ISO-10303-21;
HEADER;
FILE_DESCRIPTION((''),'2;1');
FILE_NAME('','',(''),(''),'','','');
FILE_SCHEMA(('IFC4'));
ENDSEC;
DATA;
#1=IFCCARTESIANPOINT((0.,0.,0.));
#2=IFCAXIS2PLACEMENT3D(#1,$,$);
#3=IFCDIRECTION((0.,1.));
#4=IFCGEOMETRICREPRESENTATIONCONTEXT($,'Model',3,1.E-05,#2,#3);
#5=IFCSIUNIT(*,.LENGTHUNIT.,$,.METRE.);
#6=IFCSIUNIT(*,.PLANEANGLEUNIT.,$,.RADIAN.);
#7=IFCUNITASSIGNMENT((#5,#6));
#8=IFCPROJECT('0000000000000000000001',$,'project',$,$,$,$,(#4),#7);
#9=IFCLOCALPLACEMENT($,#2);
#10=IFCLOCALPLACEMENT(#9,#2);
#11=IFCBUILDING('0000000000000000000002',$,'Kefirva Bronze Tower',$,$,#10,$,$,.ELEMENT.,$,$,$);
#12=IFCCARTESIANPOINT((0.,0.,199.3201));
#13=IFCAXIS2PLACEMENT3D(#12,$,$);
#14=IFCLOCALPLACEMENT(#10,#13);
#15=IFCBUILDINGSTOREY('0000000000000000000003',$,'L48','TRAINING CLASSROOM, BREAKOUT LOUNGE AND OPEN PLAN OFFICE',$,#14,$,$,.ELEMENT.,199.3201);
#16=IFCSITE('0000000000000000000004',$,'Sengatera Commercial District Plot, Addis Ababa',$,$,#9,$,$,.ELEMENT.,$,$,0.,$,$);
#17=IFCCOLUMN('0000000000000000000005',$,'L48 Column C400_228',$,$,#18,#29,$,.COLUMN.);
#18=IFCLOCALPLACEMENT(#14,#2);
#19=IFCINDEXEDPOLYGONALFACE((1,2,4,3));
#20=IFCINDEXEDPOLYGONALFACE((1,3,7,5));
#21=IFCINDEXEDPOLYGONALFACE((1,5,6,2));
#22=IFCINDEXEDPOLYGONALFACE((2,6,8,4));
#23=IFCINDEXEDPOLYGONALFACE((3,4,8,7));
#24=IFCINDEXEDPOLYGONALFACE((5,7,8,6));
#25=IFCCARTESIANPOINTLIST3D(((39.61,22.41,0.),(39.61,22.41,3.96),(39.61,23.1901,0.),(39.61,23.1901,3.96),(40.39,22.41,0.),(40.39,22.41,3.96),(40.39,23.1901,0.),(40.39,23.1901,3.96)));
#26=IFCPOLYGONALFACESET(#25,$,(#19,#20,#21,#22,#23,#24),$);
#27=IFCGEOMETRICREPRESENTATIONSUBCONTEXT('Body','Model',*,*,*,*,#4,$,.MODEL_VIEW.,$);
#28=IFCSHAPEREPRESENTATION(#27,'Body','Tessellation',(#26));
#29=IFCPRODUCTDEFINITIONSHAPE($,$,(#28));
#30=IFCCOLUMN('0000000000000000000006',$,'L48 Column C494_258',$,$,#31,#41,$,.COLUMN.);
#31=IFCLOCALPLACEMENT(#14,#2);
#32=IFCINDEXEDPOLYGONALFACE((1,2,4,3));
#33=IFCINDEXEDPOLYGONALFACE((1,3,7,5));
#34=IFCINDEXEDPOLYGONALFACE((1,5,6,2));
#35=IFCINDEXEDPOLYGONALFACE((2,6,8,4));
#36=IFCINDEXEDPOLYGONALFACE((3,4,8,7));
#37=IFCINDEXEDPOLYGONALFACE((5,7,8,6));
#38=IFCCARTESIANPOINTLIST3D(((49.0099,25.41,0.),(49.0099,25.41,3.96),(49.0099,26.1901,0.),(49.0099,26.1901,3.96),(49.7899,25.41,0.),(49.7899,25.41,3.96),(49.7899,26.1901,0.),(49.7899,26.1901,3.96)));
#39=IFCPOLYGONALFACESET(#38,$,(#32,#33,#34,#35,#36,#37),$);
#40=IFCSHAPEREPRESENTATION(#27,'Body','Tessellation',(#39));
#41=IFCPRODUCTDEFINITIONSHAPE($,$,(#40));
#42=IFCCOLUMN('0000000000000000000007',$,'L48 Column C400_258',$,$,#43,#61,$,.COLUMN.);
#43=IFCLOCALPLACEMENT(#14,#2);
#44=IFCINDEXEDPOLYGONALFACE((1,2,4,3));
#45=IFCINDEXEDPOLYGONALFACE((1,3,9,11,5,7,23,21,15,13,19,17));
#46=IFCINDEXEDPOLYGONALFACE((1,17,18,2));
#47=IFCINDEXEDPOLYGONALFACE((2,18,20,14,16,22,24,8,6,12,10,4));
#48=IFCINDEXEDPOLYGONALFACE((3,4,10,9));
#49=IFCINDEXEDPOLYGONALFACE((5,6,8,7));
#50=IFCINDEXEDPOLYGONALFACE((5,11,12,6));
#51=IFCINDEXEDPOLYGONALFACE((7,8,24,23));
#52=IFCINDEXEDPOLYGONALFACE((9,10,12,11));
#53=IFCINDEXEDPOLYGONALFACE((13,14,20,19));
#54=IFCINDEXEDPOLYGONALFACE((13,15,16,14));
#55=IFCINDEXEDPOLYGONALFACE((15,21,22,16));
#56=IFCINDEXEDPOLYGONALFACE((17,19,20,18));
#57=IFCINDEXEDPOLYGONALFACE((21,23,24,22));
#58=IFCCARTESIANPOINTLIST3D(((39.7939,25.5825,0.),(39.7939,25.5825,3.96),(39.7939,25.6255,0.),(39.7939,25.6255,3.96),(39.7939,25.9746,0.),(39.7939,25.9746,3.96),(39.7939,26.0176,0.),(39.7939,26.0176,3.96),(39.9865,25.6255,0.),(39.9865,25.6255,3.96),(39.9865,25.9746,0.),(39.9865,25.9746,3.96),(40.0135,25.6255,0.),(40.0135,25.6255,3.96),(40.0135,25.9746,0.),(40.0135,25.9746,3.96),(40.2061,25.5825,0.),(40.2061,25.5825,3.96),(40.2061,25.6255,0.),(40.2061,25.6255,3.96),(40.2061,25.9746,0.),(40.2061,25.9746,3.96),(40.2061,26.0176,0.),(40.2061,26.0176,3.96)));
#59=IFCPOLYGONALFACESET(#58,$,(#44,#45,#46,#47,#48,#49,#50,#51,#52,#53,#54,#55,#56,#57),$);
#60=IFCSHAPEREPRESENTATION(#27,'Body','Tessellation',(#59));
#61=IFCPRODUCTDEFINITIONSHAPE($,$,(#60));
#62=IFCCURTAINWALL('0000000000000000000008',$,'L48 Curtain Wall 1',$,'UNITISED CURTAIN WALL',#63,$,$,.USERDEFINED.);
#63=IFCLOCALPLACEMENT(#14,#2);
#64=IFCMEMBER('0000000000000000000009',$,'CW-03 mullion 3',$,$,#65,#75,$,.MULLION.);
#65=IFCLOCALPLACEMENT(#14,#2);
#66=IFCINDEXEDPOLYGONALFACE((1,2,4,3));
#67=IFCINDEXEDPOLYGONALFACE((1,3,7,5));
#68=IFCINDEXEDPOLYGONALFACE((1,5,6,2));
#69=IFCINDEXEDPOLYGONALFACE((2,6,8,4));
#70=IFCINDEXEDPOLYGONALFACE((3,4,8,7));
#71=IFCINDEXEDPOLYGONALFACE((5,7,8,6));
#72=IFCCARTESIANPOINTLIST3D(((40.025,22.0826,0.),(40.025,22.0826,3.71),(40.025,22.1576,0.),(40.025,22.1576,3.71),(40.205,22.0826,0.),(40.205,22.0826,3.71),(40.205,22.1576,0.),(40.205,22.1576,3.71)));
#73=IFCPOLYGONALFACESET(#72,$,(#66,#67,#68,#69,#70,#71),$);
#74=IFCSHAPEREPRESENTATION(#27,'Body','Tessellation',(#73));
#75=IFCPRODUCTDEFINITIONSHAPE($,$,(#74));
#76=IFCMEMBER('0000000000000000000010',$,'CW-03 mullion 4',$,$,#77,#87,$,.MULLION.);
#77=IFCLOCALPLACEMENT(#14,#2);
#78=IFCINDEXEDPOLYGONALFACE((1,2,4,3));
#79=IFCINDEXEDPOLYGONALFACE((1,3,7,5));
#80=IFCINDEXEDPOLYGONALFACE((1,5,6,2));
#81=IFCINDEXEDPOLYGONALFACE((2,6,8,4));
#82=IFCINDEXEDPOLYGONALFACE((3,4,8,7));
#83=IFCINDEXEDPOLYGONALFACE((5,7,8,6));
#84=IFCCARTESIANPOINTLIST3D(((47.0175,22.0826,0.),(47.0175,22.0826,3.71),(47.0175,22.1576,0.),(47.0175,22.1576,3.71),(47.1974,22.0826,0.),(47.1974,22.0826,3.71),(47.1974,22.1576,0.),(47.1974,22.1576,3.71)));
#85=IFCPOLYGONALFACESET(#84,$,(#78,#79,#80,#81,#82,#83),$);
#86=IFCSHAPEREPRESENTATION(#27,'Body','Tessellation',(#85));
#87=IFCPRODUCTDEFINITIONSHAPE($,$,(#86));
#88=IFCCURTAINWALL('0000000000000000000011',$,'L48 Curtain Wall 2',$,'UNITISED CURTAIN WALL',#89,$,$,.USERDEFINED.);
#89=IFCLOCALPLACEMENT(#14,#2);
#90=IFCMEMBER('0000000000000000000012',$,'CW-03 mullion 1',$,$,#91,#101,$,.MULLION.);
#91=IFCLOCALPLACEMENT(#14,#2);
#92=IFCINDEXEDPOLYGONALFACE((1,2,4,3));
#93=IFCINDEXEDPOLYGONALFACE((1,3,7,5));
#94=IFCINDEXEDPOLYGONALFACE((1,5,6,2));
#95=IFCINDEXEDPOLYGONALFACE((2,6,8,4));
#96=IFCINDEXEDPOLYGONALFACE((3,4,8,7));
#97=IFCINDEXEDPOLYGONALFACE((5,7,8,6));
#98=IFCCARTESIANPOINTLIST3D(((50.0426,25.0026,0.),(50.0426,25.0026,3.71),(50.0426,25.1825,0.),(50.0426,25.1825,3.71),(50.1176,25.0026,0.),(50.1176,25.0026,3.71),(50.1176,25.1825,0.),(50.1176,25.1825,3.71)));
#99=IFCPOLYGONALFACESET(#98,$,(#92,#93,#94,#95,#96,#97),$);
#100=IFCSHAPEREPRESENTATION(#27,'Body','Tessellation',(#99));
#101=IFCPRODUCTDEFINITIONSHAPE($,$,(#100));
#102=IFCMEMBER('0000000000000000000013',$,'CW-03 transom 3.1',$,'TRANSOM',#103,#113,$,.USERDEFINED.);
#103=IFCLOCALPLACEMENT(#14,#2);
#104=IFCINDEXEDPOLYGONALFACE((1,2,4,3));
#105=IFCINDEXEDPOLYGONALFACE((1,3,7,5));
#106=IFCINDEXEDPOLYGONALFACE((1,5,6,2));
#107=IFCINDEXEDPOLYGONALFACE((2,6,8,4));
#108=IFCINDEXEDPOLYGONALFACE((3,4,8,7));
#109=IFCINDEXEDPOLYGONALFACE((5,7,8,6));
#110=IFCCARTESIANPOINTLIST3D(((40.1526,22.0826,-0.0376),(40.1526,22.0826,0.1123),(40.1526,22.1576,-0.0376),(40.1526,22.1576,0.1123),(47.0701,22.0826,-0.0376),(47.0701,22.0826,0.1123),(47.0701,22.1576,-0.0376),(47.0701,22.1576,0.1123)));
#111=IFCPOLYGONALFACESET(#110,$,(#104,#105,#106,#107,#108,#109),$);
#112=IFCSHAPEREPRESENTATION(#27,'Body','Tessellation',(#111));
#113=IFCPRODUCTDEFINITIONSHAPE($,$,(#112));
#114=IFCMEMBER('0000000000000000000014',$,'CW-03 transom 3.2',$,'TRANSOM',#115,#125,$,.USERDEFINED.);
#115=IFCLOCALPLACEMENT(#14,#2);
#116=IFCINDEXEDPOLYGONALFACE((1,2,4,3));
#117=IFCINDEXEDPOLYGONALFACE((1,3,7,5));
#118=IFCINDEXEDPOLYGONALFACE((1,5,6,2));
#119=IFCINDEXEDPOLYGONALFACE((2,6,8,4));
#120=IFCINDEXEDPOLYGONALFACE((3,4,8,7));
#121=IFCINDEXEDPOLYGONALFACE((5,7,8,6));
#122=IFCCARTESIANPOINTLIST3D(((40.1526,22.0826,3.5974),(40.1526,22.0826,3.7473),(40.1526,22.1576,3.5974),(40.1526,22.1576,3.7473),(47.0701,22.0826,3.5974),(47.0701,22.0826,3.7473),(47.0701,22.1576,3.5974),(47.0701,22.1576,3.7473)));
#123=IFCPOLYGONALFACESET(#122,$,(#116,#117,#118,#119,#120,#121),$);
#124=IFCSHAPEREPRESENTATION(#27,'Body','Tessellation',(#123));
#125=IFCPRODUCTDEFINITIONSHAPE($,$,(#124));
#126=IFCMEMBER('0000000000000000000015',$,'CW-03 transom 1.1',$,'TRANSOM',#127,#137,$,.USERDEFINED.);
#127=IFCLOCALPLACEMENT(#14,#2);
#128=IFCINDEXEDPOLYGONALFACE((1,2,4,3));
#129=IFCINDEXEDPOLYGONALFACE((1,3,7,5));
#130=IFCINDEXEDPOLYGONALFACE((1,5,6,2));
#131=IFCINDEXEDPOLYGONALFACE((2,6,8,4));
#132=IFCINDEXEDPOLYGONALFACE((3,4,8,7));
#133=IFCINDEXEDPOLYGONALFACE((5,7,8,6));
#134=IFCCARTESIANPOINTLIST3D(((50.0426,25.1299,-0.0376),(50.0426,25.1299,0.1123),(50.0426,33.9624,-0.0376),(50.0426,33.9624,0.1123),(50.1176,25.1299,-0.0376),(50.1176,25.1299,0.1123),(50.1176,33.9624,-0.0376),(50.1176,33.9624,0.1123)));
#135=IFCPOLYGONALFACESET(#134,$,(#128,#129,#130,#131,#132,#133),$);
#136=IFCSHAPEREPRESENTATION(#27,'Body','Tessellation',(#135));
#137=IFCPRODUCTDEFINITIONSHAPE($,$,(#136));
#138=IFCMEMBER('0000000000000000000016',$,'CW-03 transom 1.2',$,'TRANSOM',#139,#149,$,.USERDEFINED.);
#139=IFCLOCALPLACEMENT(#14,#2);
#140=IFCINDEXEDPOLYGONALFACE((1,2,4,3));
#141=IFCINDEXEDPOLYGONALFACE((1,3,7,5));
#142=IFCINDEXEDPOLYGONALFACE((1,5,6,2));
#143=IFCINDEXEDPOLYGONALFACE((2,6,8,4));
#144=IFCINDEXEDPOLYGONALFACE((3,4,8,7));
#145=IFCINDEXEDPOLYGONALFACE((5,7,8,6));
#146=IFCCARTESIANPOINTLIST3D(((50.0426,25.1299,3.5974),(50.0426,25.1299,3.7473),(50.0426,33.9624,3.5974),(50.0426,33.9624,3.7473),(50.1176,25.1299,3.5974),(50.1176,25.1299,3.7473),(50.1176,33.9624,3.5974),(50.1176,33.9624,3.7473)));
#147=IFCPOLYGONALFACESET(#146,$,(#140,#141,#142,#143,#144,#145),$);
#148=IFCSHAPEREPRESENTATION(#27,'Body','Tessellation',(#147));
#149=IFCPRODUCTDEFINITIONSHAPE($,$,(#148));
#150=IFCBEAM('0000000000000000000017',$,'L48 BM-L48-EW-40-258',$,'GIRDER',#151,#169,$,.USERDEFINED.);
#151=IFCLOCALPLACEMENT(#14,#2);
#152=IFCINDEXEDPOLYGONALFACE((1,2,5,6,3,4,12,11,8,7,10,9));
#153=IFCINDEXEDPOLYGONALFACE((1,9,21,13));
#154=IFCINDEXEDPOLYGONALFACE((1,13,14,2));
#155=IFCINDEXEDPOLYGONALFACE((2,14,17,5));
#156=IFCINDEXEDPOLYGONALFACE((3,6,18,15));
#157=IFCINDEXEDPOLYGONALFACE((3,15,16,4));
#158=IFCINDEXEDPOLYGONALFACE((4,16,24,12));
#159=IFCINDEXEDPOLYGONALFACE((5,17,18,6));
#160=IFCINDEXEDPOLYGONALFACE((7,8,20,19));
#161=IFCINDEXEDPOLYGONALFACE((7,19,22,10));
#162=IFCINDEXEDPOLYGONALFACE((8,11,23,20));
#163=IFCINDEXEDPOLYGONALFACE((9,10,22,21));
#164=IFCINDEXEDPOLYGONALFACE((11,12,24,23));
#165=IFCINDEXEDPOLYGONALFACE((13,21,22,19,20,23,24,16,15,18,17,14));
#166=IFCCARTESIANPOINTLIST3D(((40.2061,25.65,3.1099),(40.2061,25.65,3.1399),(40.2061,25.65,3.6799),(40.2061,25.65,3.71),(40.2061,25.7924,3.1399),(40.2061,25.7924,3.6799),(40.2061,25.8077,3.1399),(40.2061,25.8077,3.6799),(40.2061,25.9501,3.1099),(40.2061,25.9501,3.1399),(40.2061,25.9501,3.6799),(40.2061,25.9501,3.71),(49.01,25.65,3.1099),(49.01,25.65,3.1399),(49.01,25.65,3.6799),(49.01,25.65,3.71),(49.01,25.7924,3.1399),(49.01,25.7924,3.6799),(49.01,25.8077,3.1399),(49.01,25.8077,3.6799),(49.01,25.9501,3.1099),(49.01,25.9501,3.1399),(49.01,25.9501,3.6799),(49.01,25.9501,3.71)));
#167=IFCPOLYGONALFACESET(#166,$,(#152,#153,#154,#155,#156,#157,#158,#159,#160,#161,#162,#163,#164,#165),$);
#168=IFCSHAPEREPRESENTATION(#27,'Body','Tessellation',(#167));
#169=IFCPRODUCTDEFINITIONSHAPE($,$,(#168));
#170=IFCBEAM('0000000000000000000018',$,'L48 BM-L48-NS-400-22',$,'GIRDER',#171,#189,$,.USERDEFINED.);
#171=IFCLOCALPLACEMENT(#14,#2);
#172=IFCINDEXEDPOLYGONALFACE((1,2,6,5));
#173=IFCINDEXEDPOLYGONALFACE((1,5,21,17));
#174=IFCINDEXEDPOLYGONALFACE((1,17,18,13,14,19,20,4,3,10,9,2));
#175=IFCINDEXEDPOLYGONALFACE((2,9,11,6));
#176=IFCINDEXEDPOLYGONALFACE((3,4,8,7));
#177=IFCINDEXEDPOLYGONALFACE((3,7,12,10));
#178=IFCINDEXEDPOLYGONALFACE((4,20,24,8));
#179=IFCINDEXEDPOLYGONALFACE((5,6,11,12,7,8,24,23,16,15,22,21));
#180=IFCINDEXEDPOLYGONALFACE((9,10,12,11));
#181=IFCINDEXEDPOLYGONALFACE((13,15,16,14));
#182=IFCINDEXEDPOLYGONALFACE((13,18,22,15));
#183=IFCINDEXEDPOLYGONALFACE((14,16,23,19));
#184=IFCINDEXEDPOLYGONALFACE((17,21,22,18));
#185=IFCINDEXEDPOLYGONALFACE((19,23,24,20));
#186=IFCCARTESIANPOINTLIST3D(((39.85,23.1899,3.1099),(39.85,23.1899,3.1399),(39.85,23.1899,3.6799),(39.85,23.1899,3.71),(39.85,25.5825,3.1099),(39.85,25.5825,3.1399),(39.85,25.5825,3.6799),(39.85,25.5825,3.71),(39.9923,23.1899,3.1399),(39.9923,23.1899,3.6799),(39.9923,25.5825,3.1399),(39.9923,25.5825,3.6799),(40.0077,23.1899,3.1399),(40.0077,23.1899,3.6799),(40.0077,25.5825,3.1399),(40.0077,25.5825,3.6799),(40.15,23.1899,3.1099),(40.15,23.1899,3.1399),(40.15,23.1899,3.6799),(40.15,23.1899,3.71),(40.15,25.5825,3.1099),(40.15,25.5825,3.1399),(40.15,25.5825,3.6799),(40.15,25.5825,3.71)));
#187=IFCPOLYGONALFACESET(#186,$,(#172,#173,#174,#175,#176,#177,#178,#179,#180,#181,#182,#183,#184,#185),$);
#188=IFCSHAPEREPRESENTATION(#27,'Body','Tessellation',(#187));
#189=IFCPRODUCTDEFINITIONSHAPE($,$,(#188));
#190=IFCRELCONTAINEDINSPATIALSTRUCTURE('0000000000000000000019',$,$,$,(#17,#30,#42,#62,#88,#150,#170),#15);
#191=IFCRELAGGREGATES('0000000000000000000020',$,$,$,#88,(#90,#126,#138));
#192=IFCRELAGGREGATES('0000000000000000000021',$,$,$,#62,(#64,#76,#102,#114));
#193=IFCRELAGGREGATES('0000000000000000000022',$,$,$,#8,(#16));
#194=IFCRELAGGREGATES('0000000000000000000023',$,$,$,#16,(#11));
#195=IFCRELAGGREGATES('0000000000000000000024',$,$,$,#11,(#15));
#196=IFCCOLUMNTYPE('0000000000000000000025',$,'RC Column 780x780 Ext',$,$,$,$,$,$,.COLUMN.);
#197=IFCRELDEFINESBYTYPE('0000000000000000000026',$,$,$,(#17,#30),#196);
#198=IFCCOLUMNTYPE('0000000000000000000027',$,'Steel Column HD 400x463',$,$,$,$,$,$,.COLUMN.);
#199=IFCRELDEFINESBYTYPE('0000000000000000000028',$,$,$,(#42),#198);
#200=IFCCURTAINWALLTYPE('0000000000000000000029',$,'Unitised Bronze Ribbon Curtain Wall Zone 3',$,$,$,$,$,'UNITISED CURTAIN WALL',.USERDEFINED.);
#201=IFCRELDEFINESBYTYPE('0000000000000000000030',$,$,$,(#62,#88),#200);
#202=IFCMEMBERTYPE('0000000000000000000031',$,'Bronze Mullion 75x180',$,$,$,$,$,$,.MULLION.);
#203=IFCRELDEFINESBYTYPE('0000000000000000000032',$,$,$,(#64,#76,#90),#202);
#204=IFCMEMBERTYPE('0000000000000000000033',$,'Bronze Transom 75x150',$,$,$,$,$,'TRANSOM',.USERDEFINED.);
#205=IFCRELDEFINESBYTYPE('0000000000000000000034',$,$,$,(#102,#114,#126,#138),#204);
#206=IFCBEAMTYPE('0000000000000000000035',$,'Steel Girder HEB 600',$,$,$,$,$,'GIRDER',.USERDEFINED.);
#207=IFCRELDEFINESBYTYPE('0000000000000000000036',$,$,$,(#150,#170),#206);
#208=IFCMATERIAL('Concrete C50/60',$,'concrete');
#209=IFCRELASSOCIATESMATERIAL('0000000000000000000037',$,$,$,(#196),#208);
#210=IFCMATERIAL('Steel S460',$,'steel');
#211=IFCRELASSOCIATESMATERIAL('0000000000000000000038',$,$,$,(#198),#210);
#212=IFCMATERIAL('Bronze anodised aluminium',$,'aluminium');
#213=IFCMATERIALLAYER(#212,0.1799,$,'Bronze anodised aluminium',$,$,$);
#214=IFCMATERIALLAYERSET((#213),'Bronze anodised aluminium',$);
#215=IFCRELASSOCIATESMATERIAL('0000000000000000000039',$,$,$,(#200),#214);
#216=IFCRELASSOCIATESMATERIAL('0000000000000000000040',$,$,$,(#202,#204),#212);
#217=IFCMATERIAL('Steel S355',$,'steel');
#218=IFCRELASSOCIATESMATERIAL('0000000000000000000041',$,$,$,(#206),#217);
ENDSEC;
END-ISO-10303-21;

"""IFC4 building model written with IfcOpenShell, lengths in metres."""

from ifc_helpers import new_model, si_unit, direction, frame, origin, origin_2d, place, context, subcontext, project, spatial, rectangle, i_section, extrude, material, layer, layer_set, material_profile, profile_set, type_object, element, aggregate, save


model = new_model("IFC4")

# Units and contexts
model_context = context("Model", 3, precision=1e-05, world=origin(), true_north=direction((0.0, 1.0)))
body_context = subcontext(model_context, "Body", "Model", "MODEL_VIEW")
ifc_project = project(units=[si_unit("LENGTHUNIT", "METRE"), si_unit("PLANEANGLEUNIT", "RADIAN")], contexts=[model_context])

# Site, building, storey
site_placement = place(None, origin())
site = spatial("IfcSite", under=ifc_project, at=site_placement, Name="Sengatera Commercial District Plot, Addis Ababa", CompositionType="ELEMENT", RefElevation=0.0)
building_placement = place(site_placement, origin())
building = spatial("IfcBuilding", under=site, at=building_placement, Name="Kefirva Bronze Tower", CompositionType="ELEMENT")
storey_placement = place(building_placement, frame((0.0, 0.0, 199.3201)))
storey = spatial("IfcBuildingStorey", under=building, at=storey_placement, Name="L48", Description="TRAINING CLASSROOM, BREAKOUT LOUNGE AND OPEN PLAN OFFICE", CompositionType="ELEMENT", Elevation=199.3201)

# Columns
ifc_material_1 = material(Name="Concrete C50/60", Category="concrete")
ifc_material_profile_1 = material_profile(ifc_material_1, rectangle(XDim=0.78, YDim=0.78, at=origin_2d()), Name="RC 780x780")
ifc_profile_set_1 = profile_set([ifc_material_profile_1], Name="Concrete C50/60")
column_type_1 = type_object("IfcColumnType", Name="RC Column 780x780 Ext", PredefinedType="COLUMN", material=ifc_profile_set_1)
for number, where, z_axis, x_axis, name in (
    (1, (40.0, 22.8, 0.0), (0.0, 0.0, 1.0), (1.0, 0.0, 0.0), "L48 Column C400_228"),
    (2, (49.3999, 25.8, 0.0), (0.0, 0.0, 1.0), (1.0, 0.0, 0.0), "L48 Column C494_258"),
):
    element("IfcColumn", number, at=place(storey_placement, frame(where, z_axis=z_axis, x_axis=x_axis)), inside=storey, type_object=column_type_1, Name=name, PredefinedType="COLUMN", context=body_context, shape_type="SweptSolid", body=[
        extrude(rectangle(XDim=0.78, YDim=0.78, at=origin_2d()), origin(), (0.0, 0.0, 1.0), 3.96),
    ])
ifc_material_2 = material(Name="Steel S460", Category="steel")
ifc_material_profile_2 = material_profile(ifc_material_2, i_section(OverallWidth=0.4121, OverallDepth=0.4351, WebThickness=0.0271, FlangeThickness=0.043, at=origin_2d()), Name="HD 400x463")
ifc_profile_set_2 = profile_set([ifc_material_profile_2], Name="Steel S460")
column_type_2 = type_object("IfcColumnType", Name="Steel Column HD 400x463", PredefinedType="COLUMN", material=ifc_profile_set_2)
column_placement = place(storey_placement, frame((40.0, 25.8, 0.0), z_axis=(0.0, 0.0, 1.0), x_axis=(1.0, 0.0, 0.0)))
element("IfcColumn", 3, at=column_placement, inside=storey, type_object=column_type_2, Name="L48 Column C400_258", PredefinedType="COLUMN", context=body_context, shape_type="SweptSolid", body=[
    extrude(i_section(OverallWidth=0.4121, OverallDepth=0.4351, WebThickness=0.0271, FlangeThickness=0.043, at=origin_2d()), origin(), (0.0, 0.0, 1.0), 3.96),
])

# Curtain wall, members
ifc_material_3 = material(Name="Bronze anodised aluminium", Category="aluminium")
ifc_layer_1 = layer(ifc_material_3, 0.1799, Name="Bronze anodised aluminium")
ifc_layer_set_1 = layer_set([ifc_layer_1], Name="Bronze anodised aluminium")
curtain_wall_type = type_object("IfcCurtainWallType", Name="Unitised Bronze Ribbon Curtain Wall Zone 3", ElementType="UNITISED CURTAIN WALL", PredefinedType="USERDEFINED", material=ifc_layer_set_1)
curtain_wall_1_placement = place(storey_placement, origin())
curtain_wall_1 = element("IfcCurtainWall", 4, at=curtain_wall_1_placement, inside=storey, type_object=curtain_wall_type, Name="L48 Curtain Wall 1", ObjectType="UNITISED CURTAIN WALL", PredefinedType="USERDEFINED")
ifc_material_profile_3 = material_profile(ifc_material_3, rectangle(XDim=0.075, YDim=0.1799, at=origin_2d()), Name="ALU 75x180")
ifc_profile_set_3 = profile_set([ifc_material_profile_3], Name="Bronze anodised aluminium")
member_type_1 = type_object("IfcMemberType", Name="Bronze Mullion 75x180", PredefinedType="MULLION", material=ifc_profile_set_3)
member_1_placement = place(storey_placement, frame((40.115, 22.1201, 0.0), z_axis=(0.0, 0.0, 1.0), x_axis=(0.0, 1.0, 0.0)))
member_1 = element("IfcMember", 5, at=member_1_placement, type_object=member_type_1, Name="CW-03 mullion 3", PredefinedType="MULLION", context=body_context, shape_type="SweptSolid", body=[
    extrude(rectangle(XDim=0.075, YDim=0.1799, at=origin_2d()), origin(), (0.0, 0.0, 1.0), 3.71),
])
member_2_placement = place(storey_placement, frame((47.1074, 22.1201, 0.0), z_axis=(0.0, 0.0, 1.0), x_axis=(0.0, 1.0, 0.0)))
member_2 = element("IfcMember", 6, at=member_2_placement, type_object=member_type_1, Name="CW-03 mullion 4", PredefinedType="MULLION", context=body_context, shape_type="SweptSolid", body=[
    extrude(rectangle(XDim=0.075, YDim=0.1799, at=origin_2d()), origin(), (0.0, 0.0, 1.0), 3.71),
])

# Curtain wall, member
curtain_wall_2_placement = place(storey_placement, origin())
curtain_wall_2 = element("IfcCurtainWall", 7, at=curtain_wall_2_placement, inside=storey, type_object=curtain_wall_type, Name="L48 Curtain Wall 2", ObjectType="UNITISED CURTAIN WALL", PredefinedType="USERDEFINED")
member_3_placement = place(storey_placement, frame((50.0801, 25.0925, 0.0), z_axis=(0.0, 0.0, 1.0), x_axis=(-1.0, 0.0, 0.0)))
member_3 = element("IfcMember", 8, at=member_3_placement, type_object=member_type_1, Name="CW-03 mullion 1", PredefinedType="MULLION", context=body_context, shape_type="SweptSolid", body=[
    extrude(rectangle(XDim=0.075, YDim=0.1799, at=origin_2d()), origin(), (0.0, 0.0, 1.0), 3.71),
])

# Members
ifc_material_profile_4 = material_profile(ifc_material_3, rectangle(XDim=0.075, YDim=0.1499, at=origin_2d()), Name="ALU 75x150")
ifc_profile_set_4 = profile_set([ifc_material_profile_4], Name="Bronze anodised aluminium")
member_type_2 = type_object("IfcMemberType", Name="Bronze Transom 75x150", ElementType="TRANSOM", PredefinedType="USERDEFINED", material=ifc_profile_set_4)
member_4_placement = place(storey_placement, frame((40.1526, 22.1201, 0.0374), z_axis=(1.0, 0.0, 0.0), x_axis=(0.0, 1.0, 0.0)))
member_4 = element("IfcMember", 9, at=member_4_placement, type_object=member_type_2, Name="CW-03 transom 3.1", ObjectType="TRANSOM", PredefinedType="USERDEFINED", context=body_context, shape_type="SweptSolid", body=[
    extrude(rectangle(XDim=0.075, YDim=0.1499, at=origin_2d()), origin(), (0.0, 0.0, 1.0), 6.9175),
])
member_5_placement = place(storey_placement, frame((40.1526, 22.1201, 3.6724), z_axis=(1.0, 0.0, 0.0), x_axis=(0.0, 1.0, 0.0)))
member_5 = element("IfcMember", 10, at=member_5_placement, type_object=member_type_2, Name="CW-03 transom 3.2", ObjectType="TRANSOM", PredefinedType="USERDEFINED", context=body_context, shape_type="SweptSolid", body=[
    extrude(rectangle(XDim=0.075, YDim=0.1499, at=origin_2d()), origin(), (0.0, 0.0, 1.0), 6.9175),
])
member_6_placement = place(storey_placement, frame((50.0801, 25.1299, 0.0374), z_axis=(0.0, 1.0, 0.0), x_axis=(-1.0, 0.0, 0.0)))
member_6 = element("IfcMember", 11, at=member_6_placement, type_object=member_type_2, Name="CW-03 transom 1.1", ObjectType="TRANSOM", PredefinedType="USERDEFINED", context=body_context, shape_type="SweptSolid", body=[
    extrude(rectangle(XDim=0.075, YDim=0.1499, at=origin_2d()), origin(), (0.0, 0.0, 1.0), 8.8325),
])
member_7_placement = place(storey_placement, frame((50.0801, 25.1299, 3.6724), z_axis=(0.0, 1.0, 0.0), x_axis=(-1.0, 0.0, 0.0)))
member_7 = element("IfcMember", 12, at=member_7_placement, type_object=member_type_2, Name="CW-03 transom 1.2", ObjectType="TRANSOM", PredefinedType="USERDEFINED", context=body_context, shape_type="SweptSolid", body=[
    extrude(rectangle(XDim=0.075, YDim=0.1499, at=origin_2d()), origin(), (0.0, 0.0, 1.0), 8.8325),
])
aggregate(curtain_wall_2, [member_3, member_6, member_7])

# Beams
ifc_material_4 = material(Name="Steel S355", Category="steel")
ifc_material_profile_5 = material_profile(ifc_material_4, i_section(OverallWidth=0.3, OverallDepth=0.6001, WebThickness=0.0154, FlangeThickness=0.03, at=origin_2d()), Name="HEB 600")
ifc_profile_set_5 = profile_set([ifc_material_profile_5], Name="Steel S355")
beam_type = type_object("IfcBeamType", Name="Steel Girder HEB 600", ElementType="GIRDER", PredefinedType="USERDEFINED", material=ifc_profile_set_5)
beam_1_placement = place(storey_placement, frame((40.2061, 25.8, 3.4099), z_axis=(1.0, 0.0, 0.0), x_axis=(0.0, 1.0, 0.0)))
element("IfcBeam", 13, at=beam_1_placement, inside=storey, type_object=beam_type, Name="L48 BM-L48-EW-40-258", ObjectType="GIRDER", PredefinedType="USERDEFINED", context=body_context, shape_type="SweptSolid", body=[
    extrude(i_section(OverallWidth=0.3, OverallDepth=0.6001, WebThickness=0.0154, FlangeThickness=0.03, at=origin_2d()), origin(), (0.0, 0.0, 1.0), 8.804),
])
beam_2_placement = place(storey_placement, frame((40.0, 23.1899, 3.4099), z_axis=(0.0, 1.0, 0.0), x_axis=(-1.0, 0.0, 0.0)))
element("IfcBeam", 14, at=beam_2_placement, inside=storey, type_object=beam_type, Name="L48 BM-L48-NS-400-22", ObjectType="GIRDER", PredefinedType="USERDEFINED", context=body_context, shape_type="SweptSolid", body=[
    extrude(i_section(OverallWidth=0.3, OverallDepth=0.6001, WebThickness=0.0154, FlangeThickness=0.03, at=origin_2d()), origin(), (0.0, 0.0, 1.0), 2.3926),
])

aggregate(curtain_wall_1, [member_1, member_2, member_4, member_5])

save(model, "model.ifc")
